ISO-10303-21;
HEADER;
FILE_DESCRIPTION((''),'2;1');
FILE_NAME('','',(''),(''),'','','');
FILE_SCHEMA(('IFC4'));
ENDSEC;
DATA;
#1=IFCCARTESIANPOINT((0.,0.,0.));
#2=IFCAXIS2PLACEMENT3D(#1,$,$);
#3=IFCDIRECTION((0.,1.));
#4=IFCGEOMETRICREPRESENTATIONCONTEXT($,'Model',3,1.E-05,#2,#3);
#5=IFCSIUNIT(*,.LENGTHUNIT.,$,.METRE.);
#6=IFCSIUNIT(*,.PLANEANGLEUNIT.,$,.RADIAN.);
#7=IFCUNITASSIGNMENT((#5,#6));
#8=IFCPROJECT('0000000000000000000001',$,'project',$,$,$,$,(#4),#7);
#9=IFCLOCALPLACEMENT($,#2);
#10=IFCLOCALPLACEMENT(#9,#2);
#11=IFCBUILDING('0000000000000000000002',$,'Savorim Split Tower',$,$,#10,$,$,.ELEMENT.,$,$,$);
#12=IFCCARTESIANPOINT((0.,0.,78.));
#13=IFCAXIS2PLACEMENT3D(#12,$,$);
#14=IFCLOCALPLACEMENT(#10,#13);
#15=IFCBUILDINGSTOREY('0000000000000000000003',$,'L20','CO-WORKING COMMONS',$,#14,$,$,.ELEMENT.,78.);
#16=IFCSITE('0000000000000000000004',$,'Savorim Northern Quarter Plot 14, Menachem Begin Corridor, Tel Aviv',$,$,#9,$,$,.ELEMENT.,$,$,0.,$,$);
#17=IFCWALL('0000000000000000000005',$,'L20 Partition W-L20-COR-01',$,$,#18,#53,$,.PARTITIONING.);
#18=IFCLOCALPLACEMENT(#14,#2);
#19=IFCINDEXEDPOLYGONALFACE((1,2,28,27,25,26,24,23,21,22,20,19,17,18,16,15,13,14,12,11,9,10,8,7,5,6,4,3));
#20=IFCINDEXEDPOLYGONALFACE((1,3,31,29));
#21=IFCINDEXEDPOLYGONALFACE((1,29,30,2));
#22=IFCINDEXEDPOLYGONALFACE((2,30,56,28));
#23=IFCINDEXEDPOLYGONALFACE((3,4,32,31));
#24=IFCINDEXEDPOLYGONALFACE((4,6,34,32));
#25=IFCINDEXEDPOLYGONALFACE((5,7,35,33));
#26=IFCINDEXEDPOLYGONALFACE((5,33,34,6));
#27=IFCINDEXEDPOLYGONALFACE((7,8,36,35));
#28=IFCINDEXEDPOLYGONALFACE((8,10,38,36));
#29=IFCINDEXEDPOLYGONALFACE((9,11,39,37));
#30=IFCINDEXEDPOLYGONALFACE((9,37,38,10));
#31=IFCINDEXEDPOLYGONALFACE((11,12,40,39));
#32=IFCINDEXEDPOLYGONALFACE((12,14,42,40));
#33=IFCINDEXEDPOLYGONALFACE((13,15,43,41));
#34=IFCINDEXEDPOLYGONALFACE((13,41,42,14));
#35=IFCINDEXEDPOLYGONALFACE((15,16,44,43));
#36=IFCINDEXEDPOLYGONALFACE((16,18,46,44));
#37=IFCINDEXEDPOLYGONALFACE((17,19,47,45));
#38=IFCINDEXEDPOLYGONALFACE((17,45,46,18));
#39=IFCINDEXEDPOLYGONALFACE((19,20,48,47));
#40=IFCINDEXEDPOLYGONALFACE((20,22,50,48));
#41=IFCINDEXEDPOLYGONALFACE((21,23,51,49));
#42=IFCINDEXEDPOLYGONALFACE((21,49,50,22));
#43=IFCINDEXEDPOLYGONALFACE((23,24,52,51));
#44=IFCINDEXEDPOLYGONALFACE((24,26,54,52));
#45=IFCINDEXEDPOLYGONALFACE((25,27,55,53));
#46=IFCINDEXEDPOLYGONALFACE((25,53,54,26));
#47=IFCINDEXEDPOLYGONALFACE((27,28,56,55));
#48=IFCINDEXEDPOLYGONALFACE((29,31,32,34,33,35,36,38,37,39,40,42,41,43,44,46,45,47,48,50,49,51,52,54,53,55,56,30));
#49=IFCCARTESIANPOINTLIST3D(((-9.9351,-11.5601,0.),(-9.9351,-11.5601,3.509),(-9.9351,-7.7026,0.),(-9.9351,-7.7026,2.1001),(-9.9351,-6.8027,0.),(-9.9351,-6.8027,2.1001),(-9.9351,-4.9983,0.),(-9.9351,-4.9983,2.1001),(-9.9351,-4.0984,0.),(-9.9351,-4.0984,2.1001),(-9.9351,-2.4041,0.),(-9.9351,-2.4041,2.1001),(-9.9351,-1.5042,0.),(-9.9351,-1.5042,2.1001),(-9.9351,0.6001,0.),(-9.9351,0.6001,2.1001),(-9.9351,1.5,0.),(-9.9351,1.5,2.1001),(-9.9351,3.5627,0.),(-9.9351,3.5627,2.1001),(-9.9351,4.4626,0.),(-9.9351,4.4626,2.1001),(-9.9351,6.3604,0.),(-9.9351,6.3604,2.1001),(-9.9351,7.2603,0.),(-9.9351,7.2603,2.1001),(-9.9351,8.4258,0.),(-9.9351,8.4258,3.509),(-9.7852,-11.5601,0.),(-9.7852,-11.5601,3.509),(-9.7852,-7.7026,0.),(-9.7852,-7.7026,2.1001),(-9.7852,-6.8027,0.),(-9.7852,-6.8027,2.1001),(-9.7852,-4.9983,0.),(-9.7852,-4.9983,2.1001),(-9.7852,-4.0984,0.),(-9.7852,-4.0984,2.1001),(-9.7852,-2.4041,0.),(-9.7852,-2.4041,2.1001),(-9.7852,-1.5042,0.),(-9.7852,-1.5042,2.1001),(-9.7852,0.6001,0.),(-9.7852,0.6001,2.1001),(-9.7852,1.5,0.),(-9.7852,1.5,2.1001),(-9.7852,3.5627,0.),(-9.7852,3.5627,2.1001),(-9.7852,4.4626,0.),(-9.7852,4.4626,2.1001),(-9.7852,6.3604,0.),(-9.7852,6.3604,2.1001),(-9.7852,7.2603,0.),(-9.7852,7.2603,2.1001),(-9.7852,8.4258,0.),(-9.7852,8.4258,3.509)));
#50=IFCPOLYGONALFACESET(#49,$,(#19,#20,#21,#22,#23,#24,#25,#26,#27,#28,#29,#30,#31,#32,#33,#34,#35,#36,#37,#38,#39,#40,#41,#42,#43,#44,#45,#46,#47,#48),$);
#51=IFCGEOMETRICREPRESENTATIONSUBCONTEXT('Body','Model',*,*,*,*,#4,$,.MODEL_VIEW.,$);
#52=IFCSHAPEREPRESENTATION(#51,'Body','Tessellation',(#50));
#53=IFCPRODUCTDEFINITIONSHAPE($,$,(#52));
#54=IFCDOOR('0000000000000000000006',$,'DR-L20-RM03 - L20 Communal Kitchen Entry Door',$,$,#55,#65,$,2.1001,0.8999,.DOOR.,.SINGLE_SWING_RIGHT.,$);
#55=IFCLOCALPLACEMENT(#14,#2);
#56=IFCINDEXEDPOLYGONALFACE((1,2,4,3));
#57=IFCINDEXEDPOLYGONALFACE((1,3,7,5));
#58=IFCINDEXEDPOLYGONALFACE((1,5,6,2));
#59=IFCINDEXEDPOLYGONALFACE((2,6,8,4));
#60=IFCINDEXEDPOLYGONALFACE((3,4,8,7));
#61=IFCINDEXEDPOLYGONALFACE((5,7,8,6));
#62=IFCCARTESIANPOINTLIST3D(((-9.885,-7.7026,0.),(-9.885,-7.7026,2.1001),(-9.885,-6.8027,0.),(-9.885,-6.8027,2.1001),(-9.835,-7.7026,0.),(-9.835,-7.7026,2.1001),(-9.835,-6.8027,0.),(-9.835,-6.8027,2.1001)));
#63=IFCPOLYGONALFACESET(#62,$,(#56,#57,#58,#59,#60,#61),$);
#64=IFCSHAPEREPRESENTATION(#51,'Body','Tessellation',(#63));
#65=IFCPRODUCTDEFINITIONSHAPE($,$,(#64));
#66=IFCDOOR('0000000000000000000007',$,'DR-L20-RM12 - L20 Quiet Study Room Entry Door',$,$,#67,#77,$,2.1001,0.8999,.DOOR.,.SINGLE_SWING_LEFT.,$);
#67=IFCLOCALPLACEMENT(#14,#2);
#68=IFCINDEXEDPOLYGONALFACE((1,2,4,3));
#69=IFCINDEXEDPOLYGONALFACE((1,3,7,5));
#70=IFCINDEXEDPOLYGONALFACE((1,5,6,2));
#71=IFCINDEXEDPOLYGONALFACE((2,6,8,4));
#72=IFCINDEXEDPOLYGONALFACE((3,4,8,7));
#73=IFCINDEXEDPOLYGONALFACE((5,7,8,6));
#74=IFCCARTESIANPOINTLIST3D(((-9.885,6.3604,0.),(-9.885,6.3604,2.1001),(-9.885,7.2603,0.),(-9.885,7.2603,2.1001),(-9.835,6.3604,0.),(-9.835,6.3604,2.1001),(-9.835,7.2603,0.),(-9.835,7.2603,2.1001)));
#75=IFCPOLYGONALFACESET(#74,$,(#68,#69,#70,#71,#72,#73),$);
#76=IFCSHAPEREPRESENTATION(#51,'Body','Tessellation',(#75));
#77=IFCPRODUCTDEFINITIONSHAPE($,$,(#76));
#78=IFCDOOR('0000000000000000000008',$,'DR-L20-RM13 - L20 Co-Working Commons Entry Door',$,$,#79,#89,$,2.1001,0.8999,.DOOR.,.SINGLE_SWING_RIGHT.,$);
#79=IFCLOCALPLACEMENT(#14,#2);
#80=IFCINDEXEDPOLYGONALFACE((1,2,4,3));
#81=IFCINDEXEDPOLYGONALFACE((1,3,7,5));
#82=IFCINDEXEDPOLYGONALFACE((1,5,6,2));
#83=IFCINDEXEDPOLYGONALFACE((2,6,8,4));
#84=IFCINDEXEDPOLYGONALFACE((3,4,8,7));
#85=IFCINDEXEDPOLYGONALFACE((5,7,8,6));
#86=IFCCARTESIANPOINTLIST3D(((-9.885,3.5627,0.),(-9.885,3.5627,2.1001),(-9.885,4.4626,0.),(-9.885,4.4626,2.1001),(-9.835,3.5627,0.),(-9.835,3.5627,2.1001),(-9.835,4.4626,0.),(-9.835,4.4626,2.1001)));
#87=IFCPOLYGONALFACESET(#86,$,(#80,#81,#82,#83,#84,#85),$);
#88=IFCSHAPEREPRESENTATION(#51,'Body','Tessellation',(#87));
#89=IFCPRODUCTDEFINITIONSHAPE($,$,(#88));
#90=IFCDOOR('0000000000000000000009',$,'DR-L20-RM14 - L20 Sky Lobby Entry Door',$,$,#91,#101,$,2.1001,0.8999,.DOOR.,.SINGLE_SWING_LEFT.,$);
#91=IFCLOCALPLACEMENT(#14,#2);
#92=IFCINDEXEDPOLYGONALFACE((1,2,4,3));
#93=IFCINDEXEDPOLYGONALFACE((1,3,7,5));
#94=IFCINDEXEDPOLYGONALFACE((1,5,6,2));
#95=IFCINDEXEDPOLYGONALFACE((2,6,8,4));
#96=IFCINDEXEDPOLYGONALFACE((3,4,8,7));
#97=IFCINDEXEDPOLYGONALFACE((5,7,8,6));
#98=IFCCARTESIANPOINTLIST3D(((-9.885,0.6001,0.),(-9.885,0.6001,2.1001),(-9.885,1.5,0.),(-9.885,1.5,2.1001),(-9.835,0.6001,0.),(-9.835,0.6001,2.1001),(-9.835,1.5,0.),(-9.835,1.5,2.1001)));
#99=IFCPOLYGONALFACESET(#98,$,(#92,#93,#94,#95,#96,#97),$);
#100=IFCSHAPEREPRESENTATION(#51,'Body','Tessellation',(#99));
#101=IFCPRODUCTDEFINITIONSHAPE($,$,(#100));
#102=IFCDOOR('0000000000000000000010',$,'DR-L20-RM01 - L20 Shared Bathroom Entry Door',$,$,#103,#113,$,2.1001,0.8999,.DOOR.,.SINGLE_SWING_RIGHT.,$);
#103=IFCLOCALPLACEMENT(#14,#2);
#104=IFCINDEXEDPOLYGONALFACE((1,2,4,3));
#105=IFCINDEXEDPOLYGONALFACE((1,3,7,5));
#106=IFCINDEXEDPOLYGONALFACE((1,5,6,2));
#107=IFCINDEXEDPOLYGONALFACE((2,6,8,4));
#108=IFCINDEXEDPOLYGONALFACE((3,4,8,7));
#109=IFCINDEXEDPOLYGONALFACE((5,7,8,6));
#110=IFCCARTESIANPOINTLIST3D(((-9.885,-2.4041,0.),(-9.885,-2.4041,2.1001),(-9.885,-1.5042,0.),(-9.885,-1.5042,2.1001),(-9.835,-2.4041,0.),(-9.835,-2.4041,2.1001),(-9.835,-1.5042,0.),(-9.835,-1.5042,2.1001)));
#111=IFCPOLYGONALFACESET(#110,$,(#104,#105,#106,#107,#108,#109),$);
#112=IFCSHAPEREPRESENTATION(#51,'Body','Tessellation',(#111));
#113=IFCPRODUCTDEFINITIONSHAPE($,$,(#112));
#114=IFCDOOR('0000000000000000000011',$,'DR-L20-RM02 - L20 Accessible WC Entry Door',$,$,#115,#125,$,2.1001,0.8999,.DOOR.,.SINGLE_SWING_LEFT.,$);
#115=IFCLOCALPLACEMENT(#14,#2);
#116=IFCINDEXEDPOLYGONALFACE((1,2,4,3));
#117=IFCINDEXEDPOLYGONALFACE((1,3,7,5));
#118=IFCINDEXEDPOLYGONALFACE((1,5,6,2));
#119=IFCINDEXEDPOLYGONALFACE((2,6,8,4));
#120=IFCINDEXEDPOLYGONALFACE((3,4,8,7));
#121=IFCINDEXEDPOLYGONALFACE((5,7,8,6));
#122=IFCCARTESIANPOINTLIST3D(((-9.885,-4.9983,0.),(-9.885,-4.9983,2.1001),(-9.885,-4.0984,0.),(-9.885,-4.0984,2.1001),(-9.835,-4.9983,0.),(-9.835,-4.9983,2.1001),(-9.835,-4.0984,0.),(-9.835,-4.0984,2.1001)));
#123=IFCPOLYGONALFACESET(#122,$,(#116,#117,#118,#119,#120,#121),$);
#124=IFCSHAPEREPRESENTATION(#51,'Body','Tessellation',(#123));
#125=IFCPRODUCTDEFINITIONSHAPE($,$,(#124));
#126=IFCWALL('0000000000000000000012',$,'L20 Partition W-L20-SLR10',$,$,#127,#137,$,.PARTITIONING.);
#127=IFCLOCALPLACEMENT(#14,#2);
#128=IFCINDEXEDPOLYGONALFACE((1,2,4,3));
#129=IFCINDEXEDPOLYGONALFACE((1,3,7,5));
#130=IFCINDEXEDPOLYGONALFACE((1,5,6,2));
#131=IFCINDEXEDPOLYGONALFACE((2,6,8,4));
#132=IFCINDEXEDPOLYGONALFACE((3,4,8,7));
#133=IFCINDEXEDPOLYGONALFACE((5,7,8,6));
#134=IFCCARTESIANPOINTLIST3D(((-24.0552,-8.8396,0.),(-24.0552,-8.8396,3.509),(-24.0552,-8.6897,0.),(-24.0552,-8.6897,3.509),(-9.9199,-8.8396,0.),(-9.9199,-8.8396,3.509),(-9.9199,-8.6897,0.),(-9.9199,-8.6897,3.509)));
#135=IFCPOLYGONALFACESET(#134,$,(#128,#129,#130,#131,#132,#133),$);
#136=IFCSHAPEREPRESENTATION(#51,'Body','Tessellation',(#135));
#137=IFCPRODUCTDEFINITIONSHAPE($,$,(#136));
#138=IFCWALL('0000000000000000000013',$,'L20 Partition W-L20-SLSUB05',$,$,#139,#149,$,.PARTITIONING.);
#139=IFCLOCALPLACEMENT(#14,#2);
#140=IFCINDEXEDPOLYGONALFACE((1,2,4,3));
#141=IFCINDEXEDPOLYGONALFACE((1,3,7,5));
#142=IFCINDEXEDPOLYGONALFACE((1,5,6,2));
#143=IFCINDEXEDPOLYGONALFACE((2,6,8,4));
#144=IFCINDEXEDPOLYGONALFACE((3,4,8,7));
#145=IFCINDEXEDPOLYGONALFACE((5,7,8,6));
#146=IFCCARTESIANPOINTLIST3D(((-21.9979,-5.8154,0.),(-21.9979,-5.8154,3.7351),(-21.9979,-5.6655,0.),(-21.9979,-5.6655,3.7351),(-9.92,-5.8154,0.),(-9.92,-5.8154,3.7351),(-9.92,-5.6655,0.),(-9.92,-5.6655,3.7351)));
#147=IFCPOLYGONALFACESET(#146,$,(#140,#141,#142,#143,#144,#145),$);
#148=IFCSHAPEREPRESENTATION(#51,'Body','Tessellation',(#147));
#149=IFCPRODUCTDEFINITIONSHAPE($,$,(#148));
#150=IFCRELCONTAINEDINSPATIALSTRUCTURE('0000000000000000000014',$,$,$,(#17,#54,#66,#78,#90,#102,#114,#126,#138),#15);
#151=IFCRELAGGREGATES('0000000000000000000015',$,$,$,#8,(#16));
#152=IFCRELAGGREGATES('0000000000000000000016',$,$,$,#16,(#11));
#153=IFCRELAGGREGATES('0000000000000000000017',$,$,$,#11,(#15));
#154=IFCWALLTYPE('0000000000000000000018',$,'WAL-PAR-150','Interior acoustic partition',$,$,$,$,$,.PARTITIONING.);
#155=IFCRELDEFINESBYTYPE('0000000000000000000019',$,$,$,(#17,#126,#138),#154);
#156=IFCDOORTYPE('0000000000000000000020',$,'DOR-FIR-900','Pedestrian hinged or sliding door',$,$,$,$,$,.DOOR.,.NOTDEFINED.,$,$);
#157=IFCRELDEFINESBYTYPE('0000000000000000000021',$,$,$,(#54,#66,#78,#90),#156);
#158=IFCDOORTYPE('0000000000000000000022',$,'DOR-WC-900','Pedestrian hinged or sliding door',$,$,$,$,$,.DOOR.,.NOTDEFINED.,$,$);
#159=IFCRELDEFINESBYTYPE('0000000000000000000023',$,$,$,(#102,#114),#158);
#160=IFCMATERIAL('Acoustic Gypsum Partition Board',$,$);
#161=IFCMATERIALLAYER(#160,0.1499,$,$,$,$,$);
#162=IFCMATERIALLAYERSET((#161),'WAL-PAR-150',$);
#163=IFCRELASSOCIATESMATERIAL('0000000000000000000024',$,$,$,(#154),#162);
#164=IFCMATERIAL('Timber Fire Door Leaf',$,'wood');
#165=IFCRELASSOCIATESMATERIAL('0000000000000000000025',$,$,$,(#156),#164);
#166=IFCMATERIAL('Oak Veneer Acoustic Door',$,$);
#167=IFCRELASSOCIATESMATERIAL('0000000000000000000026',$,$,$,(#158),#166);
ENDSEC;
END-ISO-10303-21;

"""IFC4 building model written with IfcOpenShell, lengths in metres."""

from ifc_helpers import new_model, si_unit, direction, frame, frame_2d, origin, place, context, subcontext, project, spatial, rectangle, extrude, material, layer, layer_set, type_object, element, fill, save


model = new_model("IFC4")

# Units and contexts
model_context = context("Model", 3, precision=1e-05, world=origin(), true_north=direction((0.0, 1.0)))
body_context = subcontext(model_context, "Body", "Model", "MODEL_VIEW")
ifc_project = project(units=[si_unit("LENGTHUNIT", "METRE"), si_unit("PLANEANGLEUNIT", "RADIAN")], contexts=[model_context])

# Site, building, storey
site_placement = place(None, origin())
site = spatial("IfcSite", under=ifc_project, at=site_placement, Name="Savorim Northern Quarter Plot 14, Menachem Begin Corridor, Tel Aviv", CompositionType="ELEMENT", RefElevation=0.0)
building_placement = place(site_placement, origin())
building = spatial("IfcBuilding", under=site, at=building_placement, Name="Savorim Split Tower", CompositionType="ELEMENT")
storey_placement = place(building_placement, frame((0.0, 0.0, 78.0)))
storey = spatial("IfcBuildingStorey", under=building, at=storey_placement, Name="L20", Description="CO-WORKING COMMONS", CompositionType="ELEMENT", Elevation=78.0)

# Shared definitions
ifc_material_1 = material(Name="Timber Fire Door Leaf", Category="wood")

# Wall, openings, doors
ifc_material_2 = material(Name="Acoustic Gypsum Partition Board")
ifc_layer_1 = layer(ifc_material_2, 0.1499)
ifc_layer_set_1 = layer_set([ifc_layer_1], Name="WAL-PAR-150")
wall_type_1 = type_object("IfcWallType", Name="WAL-PAR-150", Description="Interior acoustic partition", PredefinedType="PARTITIONING", material=ifc_layer_set_1)
wall_1_placement = place(storey_placement, frame((-9.8601, -11.5601, 0.0), z_axis=(0.0, 0.0, 1.0), x_axis=(0.0, 1.0, 0.0)))
wall_1 = element("IfcWall", 1, at=wall_1_placement, inside=storey, type_object=wall_type_1, Name="L20 Partition W-L20-COR-01", PredefinedType="PARTITIONING", context=body_context, shape_type="SweptSolid", body=[
    extrude(rectangle(XDim=19.9858, YDim=0.1499, at=frame_2d((9.9929, 0.0))), origin(), (0.0, 0.0, 1.0), 3.509),
])
opening_1_placement = place(wall_1_placement, frame((9.156, 0.0, 0.0)))
opening_1 = element("IfcOpeningElement", 2, at=opening_1_placement, cuts=wall_1, PredefinedType="OPENING", context=body_context, shape_type="SweptSolid", body=[
    extrude(rectangle(XDim=0.8999, YDim=2.1001, at=frame_2d((0.45, 1.05))), frame((0.0, 0.085, 0.0), z_axis=(0.0, -1.0, 0.0), x_axis=(1.0, 0.0, 0.0)), (0.0, 0.0, 1.0), 0.1699),
])
opening_2_placement = place(wall_1_placement, frame((6.5618, 0.0, 0.0)))
opening_2 = element("IfcOpeningElement", 3, at=opening_2_placement, cuts=wall_1, PredefinedType="OPENING", context=body_context, shape_type="SweptSolid", body=[
    extrude(rectangle(XDim=0.8999, YDim=2.1001, at=frame_2d((0.45, 1.05))), frame((0.0, 0.085, 0.0), z_axis=(0.0, -1.0, 0.0), x_axis=(1.0, 0.0, 0.0)), (0.0, 0.0, 1.0), 0.1699),
])
opening_3_placement = place(wall_1_placement, frame((3.8574, 0.0, 0.0)))
opening_3 = element("IfcOpeningElement", 4, at=opening_3_placement, cuts=wall_1, PredefinedType="OPENING", context=body_context, shape_type="SweptSolid", body=[
    extrude(rectangle(XDim=0.8999, YDim=2.1001, at=frame_2d((0.45, 1.05))), frame((0.0, 0.085, 0.0), z_axis=(0.0, -1.0, 0.0), x_axis=(1.0, 0.0, 0.0)), (0.0, 0.0, 1.0), 0.1699),
])
opening_4_placement = place(wall_1_placement, frame((17.9204, 0.0, 0.0)))
opening_4 = element("IfcOpeningElement", 5, at=opening_4_placement, cuts=wall_1, PredefinedType="OPENING", context=body_context, shape_type="SweptSolid", body=[
    extrude(rectangle(XDim=0.8999, YDim=2.1001, at=frame_2d((0.45, 1.05))), frame((0.0, 0.085, 0.0), z_axis=(0.0, -1.0, 0.0), x_axis=(1.0, 0.0, 0.0)), (0.0, 0.0, 1.0), 0.1699),
])
opening_5_placement = place(wall_1_placement, frame((15.1228, 0.0, 0.0)))
opening_5 = element("IfcOpeningElement", 6, at=opening_5_placement, cuts=wall_1, PredefinedType="OPENING", context=body_context, shape_type="SweptSolid", body=[
    extrude(rectangle(XDim=0.8999, YDim=2.1001, at=frame_2d((0.45, 1.05))), frame((0.0, 0.085, 0.0), z_axis=(0.0, -1.0, 0.0), x_axis=(1.0, 0.0, 0.0)), (0.0, 0.0, 1.0), 0.1699),
])
opening_6_placement = place(wall_1_placement, frame((12.1602, 0.0, 0.0)))
opening_6 = element("IfcOpeningElement", 7, at=opening_6_placement, cuts=wall_1, PredefinedType="OPENING", context=body_context, shape_type="SweptSolid", body=[
    extrude(rectangle(XDim=0.8999, YDim=2.1001, at=frame_2d((0.45, 1.05))), frame((0.0, 0.085, 0.0), z_axis=(0.0, -1.0, 0.0), x_axis=(1.0, 0.0, 0.0)), (0.0, 0.0, 1.0), 0.1699),
])
door_type_1 = type_object("IfcDoorType", Name="DOR-FIR-900", Description="Pedestrian hinged or sliding door", OperationType="NOTDEFINED", PredefinedType="DOOR", material=ifc_material_1)
door_1_placement = place(opening_3_placement, origin())
door_1 = element("IfcDoor", 8, at=door_1_placement, inside=storey, type_object=door_type_1, Name="DR-L20-RM03 - L20 Communal Kitchen Entry Door", OperationType="SINGLE_SWING_RIGHT", OverallHeight=2.1001, OverallWidth=0.8999, PredefinedType="DOOR", context=body_context, shape_type="SweptSolid", body=[
    extrude(rectangle(XDim=0.8999, YDim=2.1001, at=frame_2d((0.45, 1.05))), frame((0.0, 0.0249, 0.0), z_axis=(0.0, -1.0, 0.0), x_axis=(1.0, 0.0, 0.0)), (0.0, 0.0, 1.0), 0.05),
])
fill(opening_3, door_1)
door_2_placement = place(opening_4_placement, origin())
door_2 = element("IfcDoor", 9, at=door_2_placement, inside=storey, type_object=door_type_1, Name="DR-L20-RM12 - L20 Quiet Study Room Entry Door", OperationType="SINGLE_SWING_LEFT", OverallHeight=2.1001, OverallWidth=0.8999, PredefinedType="DOOR", context=body_context, shape_type="SweptSolid", body=[
    extrude(rectangle(XDim=0.8999, YDim=2.1001, at=frame_2d((0.45, 1.05))), frame((0.0, 0.0249, 0.0), z_axis=(0.0, -1.0, 0.0), x_axis=(1.0, 0.0, 0.0)), (0.0, 0.0, 1.0), 0.05),
])
fill(opening_4, door_2)
door_3_placement = place(opening_5_placement, origin())
door_3 = element("IfcDoor", 10, at=door_3_placement, inside=storey, type_object=door_type_1, Name="DR-L20-RM13 - L20 Co-Working Commons Entry Door", OperationType="SINGLE_SWING_RIGHT", OverallHeight=2.1001, OverallWidth=0.8999, PredefinedType="DOOR", context=body_context, shape_type="SweptSolid", body=[
    extrude(rectangle(XDim=0.8999, YDim=2.1001, at=frame_2d((0.45, 1.05))), frame((0.0, 0.0249, 0.0), z_axis=(0.0, -1.0, 0.0), x_axis=(1.0, 0.0, 0.0)), (0.0, 0.0, 1.0), 0.05),
])
fill(opening_5, door_3)
door_4_placement = place(opening_6_placement, origin())
door_4 = element("IfcDoor", 11, at=door_4_placement, inside=storey, type_object=door_type_1, Name="DR-L20-RM14 - L20 Sky Lobby Entry Door", OperationType="SINGLE_SWING_LEFT", OverallHeight=2.1001, OverallWidth=0.8999, PredefinedType="DOOR", context=body_context, shape_type="SweptSolid", body=[
    extrude(rectangle(XDim=0.8999, YDim=2.1001, at=frame_2d((0.45, 1.05))), frame((0.0, 0.0249, 0.0), z_axis=(0.0, -1.0, 0.0), x_axis=(1.0, 0.0, 0.0)), (0.0, 0.0, 1.0), 0.05),
])
fill(opening_6, door_4)
ifc_material_3 = material(Name="Oak Veneer Acoustic Door")
door_type_2 = type_object("IfcDoorType", Name="DOR-WC-900", Description="Pedestrian hinged or sliding door", OperationType="NOTDEFINED", PredefinedType="DOOR", material=ifc_material_3)
door_5_placement = place(opening_1_placement, origin())
door_5 = element("IfcDoor", 12, at=door_5_placement, inside=storey, type_object=door_type_2, Name="DR-L20-RM01 - L20 Shared Bathroom Entry Door", OperationType="SINGLE_SWING_RIGHT", OverallHeight=2.1001, OverallWidth=0.8999, PredefinedType="DOOR", context=body_context, shape_type="SweptSolid", body=[
    extrude(rectangle(XDim=0.8999, YDim=2.1001, at=frame_2d((0.45, 1.05))), frame((0.0, 0.0249, 0.0), z_axis=(0.0, -1.0, 0.0), x_axis=(1.0, 0.0, 0.0)), (0.0, 0.0, 1.0), 0.05),
])
fill(opening_1, door_5)
door_6_placement = place(opening_2_placement, origin())
door_6 = element("IfcDoor", 13, at=door_6_placement, inside=storey, type_object=door_type_2, Name="DR-L20-RM02 - L20 Accessible WC Entry Door", OperationType="SINGLE_SWING_LEFT", OverallHeight=2.1001, OverallWidth=0.8999, PredefinedType="DOOR", context=body_context, shape_type="SweptSolid", body=[
    extrude(rectangle(XDim=0.8999, YDim=2.1001, at=frame_2d((0.45, 1.05))), frame((0.0, 0.0249, 0.0), z_axis=(0.0, -1.0, 0.0), x_axis=(1.0, 0.0, 0.0)), (0.0, 0.0, 1.0), 0.05),
])
fill(opening_2, door_6)

# Walls
wall_2_placement = place(storey_placement, frame((-9.9199, -8.7646, 0.0), z_axis=(0.0, 0.0, 1.0), x_axis=(-1.0, 0.0, 0.0)))
element("IfcWall", 14, at=wall_2_placement, inside=storey, type_object=wall_type_1, Name="L20 Partition W-L20-SLR10", PredefinedType="PARTITIONING", context=body_context, shape_type="SweptSolid", body=[
    extrude(rectangle(XDim=14.1353, YDim=0.1499, at=frame_2d((7.0676, 0.0))), origin(), (0.0, 0.0, 1.0), 3.509),
])
wall_3_placement = place(storey_placement, frame((-9.9199, -5.7405, 0.0), z_axis=(0.0, 0.0, 1.0), x_axis=(-1.0, 0.0, 0.0)))
element("IfcWall", 15, at=wall_3_placement, inside=storey, type_object=wall_type_1, Name="L20 Partition W-L20-SLSUB05", PredefinedType="PARTITIONING", context=body_context, shape_type="SweptSolid", body=[
    extrude(rectangle(XDim=12.0779, YDim=0.1499, at=frame_2d((6.0391, 0.0))), origin(), (0.0, 0.0, 1.0), 3.7351),
])

save(model, "model.ifc")
